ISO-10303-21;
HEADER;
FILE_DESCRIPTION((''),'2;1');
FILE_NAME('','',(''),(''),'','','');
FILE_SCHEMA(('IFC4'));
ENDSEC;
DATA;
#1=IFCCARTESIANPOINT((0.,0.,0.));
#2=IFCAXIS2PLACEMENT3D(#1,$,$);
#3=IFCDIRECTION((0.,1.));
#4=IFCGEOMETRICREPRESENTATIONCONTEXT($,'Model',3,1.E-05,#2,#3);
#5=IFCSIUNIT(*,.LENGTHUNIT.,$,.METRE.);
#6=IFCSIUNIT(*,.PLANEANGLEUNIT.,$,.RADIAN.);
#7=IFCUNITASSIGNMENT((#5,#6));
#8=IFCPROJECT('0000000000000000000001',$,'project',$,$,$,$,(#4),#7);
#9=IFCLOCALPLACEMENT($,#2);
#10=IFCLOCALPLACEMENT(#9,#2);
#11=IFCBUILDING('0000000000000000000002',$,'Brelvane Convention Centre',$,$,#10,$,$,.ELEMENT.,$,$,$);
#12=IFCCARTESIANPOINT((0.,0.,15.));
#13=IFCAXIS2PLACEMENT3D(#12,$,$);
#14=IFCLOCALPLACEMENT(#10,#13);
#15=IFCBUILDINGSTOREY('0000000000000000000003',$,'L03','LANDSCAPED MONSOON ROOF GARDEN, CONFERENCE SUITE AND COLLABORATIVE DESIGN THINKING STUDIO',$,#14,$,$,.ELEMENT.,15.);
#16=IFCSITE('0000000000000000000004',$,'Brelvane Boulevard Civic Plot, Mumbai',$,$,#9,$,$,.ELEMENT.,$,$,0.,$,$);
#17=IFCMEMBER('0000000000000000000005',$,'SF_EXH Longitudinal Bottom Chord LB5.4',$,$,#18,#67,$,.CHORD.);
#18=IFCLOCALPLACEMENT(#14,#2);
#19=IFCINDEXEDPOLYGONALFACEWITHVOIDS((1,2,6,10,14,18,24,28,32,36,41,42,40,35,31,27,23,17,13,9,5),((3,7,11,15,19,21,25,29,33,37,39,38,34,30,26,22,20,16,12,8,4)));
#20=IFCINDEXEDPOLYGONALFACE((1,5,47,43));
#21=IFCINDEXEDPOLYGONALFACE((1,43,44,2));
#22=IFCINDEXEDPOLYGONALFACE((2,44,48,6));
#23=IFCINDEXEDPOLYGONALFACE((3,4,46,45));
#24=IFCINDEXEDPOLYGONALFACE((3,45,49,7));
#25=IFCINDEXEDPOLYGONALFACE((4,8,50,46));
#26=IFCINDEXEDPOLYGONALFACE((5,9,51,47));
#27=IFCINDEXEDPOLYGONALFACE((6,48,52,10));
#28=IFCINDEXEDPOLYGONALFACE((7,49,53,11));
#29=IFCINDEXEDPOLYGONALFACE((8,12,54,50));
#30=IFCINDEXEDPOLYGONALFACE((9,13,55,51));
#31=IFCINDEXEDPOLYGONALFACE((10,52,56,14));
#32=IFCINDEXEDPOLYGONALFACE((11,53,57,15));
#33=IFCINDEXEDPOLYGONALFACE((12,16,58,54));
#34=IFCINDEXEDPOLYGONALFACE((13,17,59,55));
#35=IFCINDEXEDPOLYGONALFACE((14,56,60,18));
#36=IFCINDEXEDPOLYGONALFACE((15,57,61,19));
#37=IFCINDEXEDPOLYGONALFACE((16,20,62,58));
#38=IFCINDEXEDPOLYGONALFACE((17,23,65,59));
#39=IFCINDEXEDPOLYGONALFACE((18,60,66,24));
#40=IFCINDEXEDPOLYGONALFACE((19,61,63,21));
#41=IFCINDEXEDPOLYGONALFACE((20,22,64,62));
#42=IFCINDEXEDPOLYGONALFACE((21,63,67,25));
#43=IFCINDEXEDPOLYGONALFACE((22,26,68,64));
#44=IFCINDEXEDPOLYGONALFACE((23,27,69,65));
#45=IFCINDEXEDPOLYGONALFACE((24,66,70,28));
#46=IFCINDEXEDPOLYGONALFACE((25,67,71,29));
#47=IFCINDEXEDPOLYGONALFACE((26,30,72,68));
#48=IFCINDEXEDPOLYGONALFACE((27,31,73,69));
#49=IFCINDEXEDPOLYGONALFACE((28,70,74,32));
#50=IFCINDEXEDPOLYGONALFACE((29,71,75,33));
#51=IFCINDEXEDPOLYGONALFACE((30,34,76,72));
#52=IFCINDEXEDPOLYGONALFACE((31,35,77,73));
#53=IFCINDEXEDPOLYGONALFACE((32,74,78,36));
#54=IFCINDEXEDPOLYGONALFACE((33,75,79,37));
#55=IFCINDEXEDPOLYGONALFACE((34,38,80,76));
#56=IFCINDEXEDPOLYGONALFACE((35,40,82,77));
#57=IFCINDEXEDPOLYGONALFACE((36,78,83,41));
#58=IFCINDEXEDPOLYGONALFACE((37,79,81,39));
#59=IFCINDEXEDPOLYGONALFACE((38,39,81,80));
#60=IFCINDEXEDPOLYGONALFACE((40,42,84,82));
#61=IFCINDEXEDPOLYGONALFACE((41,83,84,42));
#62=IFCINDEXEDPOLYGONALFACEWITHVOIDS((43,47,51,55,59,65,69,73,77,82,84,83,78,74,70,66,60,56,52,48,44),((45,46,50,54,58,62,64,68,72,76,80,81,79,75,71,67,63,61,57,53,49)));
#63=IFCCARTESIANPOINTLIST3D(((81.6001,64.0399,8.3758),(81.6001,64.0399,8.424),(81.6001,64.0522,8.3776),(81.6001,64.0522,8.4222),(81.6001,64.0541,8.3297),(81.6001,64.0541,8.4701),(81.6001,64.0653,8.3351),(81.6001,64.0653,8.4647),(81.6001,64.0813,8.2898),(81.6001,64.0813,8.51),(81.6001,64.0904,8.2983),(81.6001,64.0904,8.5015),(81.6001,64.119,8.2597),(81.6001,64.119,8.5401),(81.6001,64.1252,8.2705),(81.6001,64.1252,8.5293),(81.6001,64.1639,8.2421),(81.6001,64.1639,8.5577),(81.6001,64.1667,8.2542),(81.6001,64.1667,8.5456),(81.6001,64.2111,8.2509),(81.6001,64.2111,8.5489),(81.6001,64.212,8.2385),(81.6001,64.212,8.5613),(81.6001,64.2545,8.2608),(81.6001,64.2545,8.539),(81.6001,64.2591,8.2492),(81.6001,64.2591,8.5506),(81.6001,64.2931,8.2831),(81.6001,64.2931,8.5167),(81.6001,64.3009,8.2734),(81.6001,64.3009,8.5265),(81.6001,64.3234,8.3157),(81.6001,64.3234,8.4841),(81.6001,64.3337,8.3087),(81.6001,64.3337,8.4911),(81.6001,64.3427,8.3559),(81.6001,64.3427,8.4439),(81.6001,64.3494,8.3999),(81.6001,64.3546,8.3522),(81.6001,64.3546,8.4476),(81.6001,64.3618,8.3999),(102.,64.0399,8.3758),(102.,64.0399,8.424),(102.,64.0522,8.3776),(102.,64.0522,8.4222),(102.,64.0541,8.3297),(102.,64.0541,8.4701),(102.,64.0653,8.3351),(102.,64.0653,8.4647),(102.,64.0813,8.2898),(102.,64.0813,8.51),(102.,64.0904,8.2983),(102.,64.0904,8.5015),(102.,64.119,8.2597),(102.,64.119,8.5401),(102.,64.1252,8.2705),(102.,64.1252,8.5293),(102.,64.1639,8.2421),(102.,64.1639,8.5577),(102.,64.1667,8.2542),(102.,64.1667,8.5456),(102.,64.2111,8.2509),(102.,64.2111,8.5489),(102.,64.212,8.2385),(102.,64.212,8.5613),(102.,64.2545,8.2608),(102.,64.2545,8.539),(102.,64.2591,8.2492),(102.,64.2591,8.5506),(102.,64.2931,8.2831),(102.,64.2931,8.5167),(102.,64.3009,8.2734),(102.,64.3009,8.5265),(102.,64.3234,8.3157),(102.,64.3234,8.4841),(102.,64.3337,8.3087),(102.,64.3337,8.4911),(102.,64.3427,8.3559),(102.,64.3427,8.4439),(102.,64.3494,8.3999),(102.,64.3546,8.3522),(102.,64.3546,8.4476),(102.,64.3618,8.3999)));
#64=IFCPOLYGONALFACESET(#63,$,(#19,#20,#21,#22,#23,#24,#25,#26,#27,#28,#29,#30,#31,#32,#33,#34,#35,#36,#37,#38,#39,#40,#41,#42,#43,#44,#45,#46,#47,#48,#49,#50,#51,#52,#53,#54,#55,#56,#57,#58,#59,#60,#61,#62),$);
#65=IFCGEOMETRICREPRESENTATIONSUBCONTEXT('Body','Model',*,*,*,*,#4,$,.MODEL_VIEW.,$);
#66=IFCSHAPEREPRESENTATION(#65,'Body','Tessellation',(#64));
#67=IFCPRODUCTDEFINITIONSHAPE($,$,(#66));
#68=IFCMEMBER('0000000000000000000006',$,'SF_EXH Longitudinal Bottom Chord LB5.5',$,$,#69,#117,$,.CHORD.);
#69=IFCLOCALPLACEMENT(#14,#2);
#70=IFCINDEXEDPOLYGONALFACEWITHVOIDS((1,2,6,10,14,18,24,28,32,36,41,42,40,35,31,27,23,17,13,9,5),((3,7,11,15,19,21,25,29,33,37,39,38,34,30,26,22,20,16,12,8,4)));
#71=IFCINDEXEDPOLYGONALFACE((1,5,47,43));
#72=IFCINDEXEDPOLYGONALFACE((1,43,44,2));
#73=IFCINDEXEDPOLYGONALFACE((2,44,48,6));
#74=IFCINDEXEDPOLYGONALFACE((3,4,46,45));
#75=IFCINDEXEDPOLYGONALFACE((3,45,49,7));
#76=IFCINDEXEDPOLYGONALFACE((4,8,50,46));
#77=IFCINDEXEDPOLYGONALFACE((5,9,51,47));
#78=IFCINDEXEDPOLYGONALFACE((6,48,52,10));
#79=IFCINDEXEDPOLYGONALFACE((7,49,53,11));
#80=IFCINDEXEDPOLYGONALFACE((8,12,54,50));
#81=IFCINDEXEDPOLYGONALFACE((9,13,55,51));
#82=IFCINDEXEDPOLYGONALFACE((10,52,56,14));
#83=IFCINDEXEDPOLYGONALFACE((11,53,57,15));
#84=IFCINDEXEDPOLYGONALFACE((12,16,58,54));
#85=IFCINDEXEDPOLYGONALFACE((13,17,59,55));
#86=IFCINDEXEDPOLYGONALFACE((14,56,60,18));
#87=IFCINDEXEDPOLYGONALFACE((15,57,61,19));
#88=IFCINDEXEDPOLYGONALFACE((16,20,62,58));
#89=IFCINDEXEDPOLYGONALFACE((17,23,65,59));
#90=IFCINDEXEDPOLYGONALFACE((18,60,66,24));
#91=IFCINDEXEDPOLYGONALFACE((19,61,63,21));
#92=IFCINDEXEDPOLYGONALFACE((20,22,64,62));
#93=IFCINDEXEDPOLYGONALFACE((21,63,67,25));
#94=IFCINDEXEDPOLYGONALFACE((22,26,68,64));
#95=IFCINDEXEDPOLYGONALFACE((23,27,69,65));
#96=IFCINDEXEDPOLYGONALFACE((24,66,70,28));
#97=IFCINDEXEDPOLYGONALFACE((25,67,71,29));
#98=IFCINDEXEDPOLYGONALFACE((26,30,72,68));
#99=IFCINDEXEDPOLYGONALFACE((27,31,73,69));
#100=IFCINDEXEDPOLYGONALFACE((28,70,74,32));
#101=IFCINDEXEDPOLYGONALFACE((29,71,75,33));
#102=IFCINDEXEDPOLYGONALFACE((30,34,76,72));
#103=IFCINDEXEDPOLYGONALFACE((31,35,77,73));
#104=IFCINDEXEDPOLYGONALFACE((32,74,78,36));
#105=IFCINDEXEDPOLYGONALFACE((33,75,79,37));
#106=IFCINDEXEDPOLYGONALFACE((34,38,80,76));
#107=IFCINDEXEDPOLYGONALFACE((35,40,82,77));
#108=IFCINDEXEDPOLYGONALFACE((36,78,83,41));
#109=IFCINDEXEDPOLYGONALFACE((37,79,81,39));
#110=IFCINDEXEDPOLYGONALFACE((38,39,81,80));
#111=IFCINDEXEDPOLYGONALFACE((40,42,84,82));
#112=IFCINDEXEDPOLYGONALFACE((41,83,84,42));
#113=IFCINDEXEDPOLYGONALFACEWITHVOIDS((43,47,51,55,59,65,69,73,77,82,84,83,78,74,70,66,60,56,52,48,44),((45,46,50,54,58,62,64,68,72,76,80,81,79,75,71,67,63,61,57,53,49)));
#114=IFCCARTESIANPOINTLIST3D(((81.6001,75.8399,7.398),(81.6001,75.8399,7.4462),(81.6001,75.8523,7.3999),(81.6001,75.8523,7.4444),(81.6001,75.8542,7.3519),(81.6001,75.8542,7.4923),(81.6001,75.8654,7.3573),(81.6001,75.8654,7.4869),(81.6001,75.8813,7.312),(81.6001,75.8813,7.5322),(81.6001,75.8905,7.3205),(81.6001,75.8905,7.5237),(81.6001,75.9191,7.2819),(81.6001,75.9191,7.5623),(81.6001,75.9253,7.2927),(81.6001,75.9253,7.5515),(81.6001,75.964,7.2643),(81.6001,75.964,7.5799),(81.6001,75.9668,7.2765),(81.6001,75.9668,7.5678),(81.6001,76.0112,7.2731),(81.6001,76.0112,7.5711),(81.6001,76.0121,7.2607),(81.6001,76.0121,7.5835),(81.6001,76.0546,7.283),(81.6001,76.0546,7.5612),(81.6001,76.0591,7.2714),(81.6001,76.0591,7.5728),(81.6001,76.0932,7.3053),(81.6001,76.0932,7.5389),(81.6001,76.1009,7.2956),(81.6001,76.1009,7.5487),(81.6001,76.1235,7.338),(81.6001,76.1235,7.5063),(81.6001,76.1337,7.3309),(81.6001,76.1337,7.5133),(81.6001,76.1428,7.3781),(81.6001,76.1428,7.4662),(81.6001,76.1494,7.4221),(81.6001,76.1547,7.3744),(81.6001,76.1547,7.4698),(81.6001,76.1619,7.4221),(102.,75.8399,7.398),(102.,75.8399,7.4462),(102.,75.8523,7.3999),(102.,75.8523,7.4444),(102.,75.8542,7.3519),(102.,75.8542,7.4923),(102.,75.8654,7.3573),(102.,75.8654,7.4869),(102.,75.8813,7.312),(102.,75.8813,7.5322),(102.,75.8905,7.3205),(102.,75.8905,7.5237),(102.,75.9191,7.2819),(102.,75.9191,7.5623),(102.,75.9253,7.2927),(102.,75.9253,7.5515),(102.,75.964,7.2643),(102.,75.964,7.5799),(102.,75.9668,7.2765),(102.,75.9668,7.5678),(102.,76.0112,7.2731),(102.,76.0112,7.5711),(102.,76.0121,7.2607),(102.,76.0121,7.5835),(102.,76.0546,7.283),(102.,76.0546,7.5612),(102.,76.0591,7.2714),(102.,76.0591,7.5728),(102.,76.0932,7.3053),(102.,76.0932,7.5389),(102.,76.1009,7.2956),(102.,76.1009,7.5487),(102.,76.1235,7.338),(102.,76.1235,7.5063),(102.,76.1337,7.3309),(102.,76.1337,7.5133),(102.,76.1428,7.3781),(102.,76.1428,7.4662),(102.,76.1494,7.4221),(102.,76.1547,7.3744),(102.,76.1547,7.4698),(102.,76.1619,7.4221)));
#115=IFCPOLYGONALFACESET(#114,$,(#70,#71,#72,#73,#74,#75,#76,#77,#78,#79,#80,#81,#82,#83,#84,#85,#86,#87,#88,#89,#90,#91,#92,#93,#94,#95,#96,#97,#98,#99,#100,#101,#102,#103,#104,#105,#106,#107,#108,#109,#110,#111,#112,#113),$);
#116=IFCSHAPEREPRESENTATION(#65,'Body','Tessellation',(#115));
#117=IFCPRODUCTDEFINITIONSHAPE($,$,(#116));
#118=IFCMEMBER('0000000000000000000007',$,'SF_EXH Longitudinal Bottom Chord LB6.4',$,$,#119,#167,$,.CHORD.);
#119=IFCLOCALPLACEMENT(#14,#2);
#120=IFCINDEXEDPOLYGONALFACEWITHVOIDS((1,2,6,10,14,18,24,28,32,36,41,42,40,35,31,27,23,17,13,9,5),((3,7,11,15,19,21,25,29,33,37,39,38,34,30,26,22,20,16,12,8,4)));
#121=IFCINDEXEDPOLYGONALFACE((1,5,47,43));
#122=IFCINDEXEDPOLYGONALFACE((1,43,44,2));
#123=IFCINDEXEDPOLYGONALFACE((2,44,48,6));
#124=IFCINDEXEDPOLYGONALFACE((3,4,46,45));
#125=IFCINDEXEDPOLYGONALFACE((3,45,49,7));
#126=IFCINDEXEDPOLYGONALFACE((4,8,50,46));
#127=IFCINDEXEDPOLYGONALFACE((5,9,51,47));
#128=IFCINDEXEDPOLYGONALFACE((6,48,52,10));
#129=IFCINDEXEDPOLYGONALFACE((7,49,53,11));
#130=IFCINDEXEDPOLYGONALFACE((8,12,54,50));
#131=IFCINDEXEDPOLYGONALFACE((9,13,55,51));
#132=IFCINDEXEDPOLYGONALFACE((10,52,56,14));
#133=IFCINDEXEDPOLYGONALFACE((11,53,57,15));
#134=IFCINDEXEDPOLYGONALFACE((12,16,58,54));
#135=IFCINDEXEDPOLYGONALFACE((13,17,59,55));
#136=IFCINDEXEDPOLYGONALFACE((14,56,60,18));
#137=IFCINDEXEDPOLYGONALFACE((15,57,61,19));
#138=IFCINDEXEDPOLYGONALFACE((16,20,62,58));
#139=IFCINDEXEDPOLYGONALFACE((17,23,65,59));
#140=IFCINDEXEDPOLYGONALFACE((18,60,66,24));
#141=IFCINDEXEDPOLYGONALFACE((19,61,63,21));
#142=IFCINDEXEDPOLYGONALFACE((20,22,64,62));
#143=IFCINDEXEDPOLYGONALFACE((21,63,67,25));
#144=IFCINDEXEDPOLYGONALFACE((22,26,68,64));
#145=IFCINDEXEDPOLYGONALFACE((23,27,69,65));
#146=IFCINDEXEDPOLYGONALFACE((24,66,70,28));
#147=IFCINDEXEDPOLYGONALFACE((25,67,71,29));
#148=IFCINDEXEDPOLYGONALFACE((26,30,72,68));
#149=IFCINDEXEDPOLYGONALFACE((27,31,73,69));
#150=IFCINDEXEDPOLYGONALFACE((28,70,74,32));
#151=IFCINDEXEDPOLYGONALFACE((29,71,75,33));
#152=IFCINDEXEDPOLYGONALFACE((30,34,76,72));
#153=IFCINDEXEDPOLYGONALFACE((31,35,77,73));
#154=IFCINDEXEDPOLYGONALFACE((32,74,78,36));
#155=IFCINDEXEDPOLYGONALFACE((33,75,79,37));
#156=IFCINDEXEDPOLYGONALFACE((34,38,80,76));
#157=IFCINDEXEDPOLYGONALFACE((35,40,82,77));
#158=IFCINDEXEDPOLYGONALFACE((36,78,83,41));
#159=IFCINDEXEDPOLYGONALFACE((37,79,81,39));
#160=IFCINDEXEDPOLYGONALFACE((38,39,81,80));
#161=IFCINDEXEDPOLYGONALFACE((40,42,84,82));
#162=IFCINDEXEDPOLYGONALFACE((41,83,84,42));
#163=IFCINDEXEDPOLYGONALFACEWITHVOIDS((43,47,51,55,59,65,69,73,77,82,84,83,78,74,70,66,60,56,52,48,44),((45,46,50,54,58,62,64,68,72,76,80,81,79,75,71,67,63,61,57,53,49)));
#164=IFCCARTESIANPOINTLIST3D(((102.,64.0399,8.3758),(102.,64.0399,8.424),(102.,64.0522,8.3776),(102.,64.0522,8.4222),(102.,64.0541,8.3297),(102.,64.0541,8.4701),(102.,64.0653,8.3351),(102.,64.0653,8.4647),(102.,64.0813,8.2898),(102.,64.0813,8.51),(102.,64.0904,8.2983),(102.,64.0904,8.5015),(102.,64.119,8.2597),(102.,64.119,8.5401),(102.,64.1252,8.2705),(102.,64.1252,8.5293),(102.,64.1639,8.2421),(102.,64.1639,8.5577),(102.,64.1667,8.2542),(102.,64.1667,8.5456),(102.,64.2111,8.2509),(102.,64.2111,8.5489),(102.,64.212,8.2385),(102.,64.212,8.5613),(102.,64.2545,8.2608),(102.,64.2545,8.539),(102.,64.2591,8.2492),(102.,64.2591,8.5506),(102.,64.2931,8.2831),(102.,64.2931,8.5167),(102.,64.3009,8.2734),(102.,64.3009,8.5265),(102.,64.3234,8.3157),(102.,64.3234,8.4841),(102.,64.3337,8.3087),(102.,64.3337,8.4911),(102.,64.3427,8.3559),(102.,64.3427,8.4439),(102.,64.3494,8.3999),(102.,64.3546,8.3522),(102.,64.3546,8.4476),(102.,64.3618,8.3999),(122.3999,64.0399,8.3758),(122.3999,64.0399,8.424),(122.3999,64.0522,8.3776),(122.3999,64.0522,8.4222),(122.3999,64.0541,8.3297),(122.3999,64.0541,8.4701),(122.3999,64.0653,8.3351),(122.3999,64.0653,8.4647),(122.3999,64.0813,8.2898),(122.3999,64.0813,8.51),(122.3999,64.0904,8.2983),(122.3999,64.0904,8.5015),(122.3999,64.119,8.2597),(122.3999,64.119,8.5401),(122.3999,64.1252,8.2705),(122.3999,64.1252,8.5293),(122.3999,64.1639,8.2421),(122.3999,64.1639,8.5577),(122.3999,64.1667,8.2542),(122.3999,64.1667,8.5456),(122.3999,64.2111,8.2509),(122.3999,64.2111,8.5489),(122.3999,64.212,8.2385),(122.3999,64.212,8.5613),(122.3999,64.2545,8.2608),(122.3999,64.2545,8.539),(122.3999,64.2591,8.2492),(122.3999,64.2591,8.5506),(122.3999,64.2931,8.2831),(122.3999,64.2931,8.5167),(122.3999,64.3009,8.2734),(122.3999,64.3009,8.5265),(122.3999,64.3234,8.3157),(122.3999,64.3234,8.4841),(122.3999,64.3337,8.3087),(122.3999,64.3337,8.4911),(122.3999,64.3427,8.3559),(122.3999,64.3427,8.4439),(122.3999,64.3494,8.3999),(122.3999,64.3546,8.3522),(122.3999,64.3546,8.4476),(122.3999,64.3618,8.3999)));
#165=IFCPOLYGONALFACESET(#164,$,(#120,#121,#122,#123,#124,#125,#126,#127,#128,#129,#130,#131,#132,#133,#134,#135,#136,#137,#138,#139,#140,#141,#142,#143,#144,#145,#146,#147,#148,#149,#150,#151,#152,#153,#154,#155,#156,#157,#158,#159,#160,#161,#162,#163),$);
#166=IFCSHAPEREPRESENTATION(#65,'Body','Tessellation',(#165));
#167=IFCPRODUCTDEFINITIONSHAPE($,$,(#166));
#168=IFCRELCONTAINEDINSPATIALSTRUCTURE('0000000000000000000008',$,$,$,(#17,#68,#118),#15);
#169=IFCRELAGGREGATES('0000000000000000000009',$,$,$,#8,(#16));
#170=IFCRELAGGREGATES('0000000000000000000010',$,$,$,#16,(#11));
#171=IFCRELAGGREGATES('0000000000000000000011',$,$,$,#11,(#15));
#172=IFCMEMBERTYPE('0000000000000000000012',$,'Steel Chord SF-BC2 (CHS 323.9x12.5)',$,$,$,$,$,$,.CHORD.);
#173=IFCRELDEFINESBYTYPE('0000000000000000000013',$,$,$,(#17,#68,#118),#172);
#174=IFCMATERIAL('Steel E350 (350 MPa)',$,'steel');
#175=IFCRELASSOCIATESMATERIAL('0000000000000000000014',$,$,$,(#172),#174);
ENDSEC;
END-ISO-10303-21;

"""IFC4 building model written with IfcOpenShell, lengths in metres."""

from ifc_helpers import new_model, si_unit, direction, frame, origin, origin_2d, place, context, subcontext, project, spatial, hollow_circle, extrude, material, material_profile, profile_set, type_object, element, save


model = new_model("IFC4")

# Units and contexts
model_context = context("Model", 3, precision=1e-05, world=origin(), true_north=direction((0.0, 1.0)))
body_context = subcontext(model_context, "Body", "Model", "MODEL_VIEW")
ifc_project = project(units=[si_unit("LENGTHUNIT", "METRE"), si_unit("PLANEANGLEUNIT", "RADIAN")], contexts=[model_context])

# Site, building, storey
site_placement = place(None, origin())
site = spatial("IfcSite", under=ifc_project, at=site_placement, Name="Brelvane Boulevard Civic Plot, Mumbai", CompositionType="ELEMENT", RefElevation=0.0)
building_placement = place(site_placement, origin())
building = spatial("IfcBuilding", under=site, at=building_placement, Name="Brelvane Convention Centre", CompositionType="ELEMENT")
storey_placement = place(building_placement, frame((0.0, 0.0, 15.0)))
storey = spatial("IfcBuildingStorey", under=building, at=storey_placement, Name="L03", Description="LANDSCAPED MONSOON ROOF GARDEN, CONFERENCE SUITE AND COLLABORATIVE DESIGN THINKING STUDIO", CompositionType="ELEMENT", Elevation=15.0)

# Members
ifc_material_1 = material(Name="Steel E350 (350 MPa)", Category="steel")
ifc_material_profile_1 = material_profile(ifc_material_1, hollow_circle(Radius=0.1619, WallThickness=0.0125, at=origin_2d()), Name="CHS 323.9x12.5")
ifc_profile_set_1 = profile_set([ifc_material_profile_1], Name="Steel E350 (350 MPa)")
member_type_1 = type_object("IfcMemberType", Name="Steel Chord SF-BC2 (CHS 323.9x12.5)", PredefinedType="CHORD", material=ifc_profile_set_1)
for number, where, z_axis, x_axis, name in (
    (1, (81.6001, 64.2, 8.3999), (1.0, 0.0, 0.0), (0.0, 1.0, 0.0), "SF_EXH Longitudinal Bottom Chord LB5.4"),
    (2, (81.6001, 76.0, 7.4221), (1.0, 0.0, 0.0), (0.0, 1.0, 0.0), "SF_EXH Longitudinal Bottom Chord LB5.5"),
    (3, (102.0, 64.2, 8.3999), (1.0, 0.0, 0.0), (0.0, 1.0, 0.0), "SF_EXH Longitudinal Bottom Chord LB6.4"),
):
    element("IfcMember", number, at=place(storey_placement, frame(where, z_axis=z_axis, x_axis=x_axis)), inside=storey, type_object=member_type_1, Name=name, PredefinedType="CHORD", context=body_context, shape_type="SweptSolid", body=[
        extrude(hollow_circle(Radius=0.1619, WallThickness=0.0125, at=origin_2d()), origin(), (0.0, 0.0, 1.0), 20.3999),
    ])

save(model, "model.ifc")
